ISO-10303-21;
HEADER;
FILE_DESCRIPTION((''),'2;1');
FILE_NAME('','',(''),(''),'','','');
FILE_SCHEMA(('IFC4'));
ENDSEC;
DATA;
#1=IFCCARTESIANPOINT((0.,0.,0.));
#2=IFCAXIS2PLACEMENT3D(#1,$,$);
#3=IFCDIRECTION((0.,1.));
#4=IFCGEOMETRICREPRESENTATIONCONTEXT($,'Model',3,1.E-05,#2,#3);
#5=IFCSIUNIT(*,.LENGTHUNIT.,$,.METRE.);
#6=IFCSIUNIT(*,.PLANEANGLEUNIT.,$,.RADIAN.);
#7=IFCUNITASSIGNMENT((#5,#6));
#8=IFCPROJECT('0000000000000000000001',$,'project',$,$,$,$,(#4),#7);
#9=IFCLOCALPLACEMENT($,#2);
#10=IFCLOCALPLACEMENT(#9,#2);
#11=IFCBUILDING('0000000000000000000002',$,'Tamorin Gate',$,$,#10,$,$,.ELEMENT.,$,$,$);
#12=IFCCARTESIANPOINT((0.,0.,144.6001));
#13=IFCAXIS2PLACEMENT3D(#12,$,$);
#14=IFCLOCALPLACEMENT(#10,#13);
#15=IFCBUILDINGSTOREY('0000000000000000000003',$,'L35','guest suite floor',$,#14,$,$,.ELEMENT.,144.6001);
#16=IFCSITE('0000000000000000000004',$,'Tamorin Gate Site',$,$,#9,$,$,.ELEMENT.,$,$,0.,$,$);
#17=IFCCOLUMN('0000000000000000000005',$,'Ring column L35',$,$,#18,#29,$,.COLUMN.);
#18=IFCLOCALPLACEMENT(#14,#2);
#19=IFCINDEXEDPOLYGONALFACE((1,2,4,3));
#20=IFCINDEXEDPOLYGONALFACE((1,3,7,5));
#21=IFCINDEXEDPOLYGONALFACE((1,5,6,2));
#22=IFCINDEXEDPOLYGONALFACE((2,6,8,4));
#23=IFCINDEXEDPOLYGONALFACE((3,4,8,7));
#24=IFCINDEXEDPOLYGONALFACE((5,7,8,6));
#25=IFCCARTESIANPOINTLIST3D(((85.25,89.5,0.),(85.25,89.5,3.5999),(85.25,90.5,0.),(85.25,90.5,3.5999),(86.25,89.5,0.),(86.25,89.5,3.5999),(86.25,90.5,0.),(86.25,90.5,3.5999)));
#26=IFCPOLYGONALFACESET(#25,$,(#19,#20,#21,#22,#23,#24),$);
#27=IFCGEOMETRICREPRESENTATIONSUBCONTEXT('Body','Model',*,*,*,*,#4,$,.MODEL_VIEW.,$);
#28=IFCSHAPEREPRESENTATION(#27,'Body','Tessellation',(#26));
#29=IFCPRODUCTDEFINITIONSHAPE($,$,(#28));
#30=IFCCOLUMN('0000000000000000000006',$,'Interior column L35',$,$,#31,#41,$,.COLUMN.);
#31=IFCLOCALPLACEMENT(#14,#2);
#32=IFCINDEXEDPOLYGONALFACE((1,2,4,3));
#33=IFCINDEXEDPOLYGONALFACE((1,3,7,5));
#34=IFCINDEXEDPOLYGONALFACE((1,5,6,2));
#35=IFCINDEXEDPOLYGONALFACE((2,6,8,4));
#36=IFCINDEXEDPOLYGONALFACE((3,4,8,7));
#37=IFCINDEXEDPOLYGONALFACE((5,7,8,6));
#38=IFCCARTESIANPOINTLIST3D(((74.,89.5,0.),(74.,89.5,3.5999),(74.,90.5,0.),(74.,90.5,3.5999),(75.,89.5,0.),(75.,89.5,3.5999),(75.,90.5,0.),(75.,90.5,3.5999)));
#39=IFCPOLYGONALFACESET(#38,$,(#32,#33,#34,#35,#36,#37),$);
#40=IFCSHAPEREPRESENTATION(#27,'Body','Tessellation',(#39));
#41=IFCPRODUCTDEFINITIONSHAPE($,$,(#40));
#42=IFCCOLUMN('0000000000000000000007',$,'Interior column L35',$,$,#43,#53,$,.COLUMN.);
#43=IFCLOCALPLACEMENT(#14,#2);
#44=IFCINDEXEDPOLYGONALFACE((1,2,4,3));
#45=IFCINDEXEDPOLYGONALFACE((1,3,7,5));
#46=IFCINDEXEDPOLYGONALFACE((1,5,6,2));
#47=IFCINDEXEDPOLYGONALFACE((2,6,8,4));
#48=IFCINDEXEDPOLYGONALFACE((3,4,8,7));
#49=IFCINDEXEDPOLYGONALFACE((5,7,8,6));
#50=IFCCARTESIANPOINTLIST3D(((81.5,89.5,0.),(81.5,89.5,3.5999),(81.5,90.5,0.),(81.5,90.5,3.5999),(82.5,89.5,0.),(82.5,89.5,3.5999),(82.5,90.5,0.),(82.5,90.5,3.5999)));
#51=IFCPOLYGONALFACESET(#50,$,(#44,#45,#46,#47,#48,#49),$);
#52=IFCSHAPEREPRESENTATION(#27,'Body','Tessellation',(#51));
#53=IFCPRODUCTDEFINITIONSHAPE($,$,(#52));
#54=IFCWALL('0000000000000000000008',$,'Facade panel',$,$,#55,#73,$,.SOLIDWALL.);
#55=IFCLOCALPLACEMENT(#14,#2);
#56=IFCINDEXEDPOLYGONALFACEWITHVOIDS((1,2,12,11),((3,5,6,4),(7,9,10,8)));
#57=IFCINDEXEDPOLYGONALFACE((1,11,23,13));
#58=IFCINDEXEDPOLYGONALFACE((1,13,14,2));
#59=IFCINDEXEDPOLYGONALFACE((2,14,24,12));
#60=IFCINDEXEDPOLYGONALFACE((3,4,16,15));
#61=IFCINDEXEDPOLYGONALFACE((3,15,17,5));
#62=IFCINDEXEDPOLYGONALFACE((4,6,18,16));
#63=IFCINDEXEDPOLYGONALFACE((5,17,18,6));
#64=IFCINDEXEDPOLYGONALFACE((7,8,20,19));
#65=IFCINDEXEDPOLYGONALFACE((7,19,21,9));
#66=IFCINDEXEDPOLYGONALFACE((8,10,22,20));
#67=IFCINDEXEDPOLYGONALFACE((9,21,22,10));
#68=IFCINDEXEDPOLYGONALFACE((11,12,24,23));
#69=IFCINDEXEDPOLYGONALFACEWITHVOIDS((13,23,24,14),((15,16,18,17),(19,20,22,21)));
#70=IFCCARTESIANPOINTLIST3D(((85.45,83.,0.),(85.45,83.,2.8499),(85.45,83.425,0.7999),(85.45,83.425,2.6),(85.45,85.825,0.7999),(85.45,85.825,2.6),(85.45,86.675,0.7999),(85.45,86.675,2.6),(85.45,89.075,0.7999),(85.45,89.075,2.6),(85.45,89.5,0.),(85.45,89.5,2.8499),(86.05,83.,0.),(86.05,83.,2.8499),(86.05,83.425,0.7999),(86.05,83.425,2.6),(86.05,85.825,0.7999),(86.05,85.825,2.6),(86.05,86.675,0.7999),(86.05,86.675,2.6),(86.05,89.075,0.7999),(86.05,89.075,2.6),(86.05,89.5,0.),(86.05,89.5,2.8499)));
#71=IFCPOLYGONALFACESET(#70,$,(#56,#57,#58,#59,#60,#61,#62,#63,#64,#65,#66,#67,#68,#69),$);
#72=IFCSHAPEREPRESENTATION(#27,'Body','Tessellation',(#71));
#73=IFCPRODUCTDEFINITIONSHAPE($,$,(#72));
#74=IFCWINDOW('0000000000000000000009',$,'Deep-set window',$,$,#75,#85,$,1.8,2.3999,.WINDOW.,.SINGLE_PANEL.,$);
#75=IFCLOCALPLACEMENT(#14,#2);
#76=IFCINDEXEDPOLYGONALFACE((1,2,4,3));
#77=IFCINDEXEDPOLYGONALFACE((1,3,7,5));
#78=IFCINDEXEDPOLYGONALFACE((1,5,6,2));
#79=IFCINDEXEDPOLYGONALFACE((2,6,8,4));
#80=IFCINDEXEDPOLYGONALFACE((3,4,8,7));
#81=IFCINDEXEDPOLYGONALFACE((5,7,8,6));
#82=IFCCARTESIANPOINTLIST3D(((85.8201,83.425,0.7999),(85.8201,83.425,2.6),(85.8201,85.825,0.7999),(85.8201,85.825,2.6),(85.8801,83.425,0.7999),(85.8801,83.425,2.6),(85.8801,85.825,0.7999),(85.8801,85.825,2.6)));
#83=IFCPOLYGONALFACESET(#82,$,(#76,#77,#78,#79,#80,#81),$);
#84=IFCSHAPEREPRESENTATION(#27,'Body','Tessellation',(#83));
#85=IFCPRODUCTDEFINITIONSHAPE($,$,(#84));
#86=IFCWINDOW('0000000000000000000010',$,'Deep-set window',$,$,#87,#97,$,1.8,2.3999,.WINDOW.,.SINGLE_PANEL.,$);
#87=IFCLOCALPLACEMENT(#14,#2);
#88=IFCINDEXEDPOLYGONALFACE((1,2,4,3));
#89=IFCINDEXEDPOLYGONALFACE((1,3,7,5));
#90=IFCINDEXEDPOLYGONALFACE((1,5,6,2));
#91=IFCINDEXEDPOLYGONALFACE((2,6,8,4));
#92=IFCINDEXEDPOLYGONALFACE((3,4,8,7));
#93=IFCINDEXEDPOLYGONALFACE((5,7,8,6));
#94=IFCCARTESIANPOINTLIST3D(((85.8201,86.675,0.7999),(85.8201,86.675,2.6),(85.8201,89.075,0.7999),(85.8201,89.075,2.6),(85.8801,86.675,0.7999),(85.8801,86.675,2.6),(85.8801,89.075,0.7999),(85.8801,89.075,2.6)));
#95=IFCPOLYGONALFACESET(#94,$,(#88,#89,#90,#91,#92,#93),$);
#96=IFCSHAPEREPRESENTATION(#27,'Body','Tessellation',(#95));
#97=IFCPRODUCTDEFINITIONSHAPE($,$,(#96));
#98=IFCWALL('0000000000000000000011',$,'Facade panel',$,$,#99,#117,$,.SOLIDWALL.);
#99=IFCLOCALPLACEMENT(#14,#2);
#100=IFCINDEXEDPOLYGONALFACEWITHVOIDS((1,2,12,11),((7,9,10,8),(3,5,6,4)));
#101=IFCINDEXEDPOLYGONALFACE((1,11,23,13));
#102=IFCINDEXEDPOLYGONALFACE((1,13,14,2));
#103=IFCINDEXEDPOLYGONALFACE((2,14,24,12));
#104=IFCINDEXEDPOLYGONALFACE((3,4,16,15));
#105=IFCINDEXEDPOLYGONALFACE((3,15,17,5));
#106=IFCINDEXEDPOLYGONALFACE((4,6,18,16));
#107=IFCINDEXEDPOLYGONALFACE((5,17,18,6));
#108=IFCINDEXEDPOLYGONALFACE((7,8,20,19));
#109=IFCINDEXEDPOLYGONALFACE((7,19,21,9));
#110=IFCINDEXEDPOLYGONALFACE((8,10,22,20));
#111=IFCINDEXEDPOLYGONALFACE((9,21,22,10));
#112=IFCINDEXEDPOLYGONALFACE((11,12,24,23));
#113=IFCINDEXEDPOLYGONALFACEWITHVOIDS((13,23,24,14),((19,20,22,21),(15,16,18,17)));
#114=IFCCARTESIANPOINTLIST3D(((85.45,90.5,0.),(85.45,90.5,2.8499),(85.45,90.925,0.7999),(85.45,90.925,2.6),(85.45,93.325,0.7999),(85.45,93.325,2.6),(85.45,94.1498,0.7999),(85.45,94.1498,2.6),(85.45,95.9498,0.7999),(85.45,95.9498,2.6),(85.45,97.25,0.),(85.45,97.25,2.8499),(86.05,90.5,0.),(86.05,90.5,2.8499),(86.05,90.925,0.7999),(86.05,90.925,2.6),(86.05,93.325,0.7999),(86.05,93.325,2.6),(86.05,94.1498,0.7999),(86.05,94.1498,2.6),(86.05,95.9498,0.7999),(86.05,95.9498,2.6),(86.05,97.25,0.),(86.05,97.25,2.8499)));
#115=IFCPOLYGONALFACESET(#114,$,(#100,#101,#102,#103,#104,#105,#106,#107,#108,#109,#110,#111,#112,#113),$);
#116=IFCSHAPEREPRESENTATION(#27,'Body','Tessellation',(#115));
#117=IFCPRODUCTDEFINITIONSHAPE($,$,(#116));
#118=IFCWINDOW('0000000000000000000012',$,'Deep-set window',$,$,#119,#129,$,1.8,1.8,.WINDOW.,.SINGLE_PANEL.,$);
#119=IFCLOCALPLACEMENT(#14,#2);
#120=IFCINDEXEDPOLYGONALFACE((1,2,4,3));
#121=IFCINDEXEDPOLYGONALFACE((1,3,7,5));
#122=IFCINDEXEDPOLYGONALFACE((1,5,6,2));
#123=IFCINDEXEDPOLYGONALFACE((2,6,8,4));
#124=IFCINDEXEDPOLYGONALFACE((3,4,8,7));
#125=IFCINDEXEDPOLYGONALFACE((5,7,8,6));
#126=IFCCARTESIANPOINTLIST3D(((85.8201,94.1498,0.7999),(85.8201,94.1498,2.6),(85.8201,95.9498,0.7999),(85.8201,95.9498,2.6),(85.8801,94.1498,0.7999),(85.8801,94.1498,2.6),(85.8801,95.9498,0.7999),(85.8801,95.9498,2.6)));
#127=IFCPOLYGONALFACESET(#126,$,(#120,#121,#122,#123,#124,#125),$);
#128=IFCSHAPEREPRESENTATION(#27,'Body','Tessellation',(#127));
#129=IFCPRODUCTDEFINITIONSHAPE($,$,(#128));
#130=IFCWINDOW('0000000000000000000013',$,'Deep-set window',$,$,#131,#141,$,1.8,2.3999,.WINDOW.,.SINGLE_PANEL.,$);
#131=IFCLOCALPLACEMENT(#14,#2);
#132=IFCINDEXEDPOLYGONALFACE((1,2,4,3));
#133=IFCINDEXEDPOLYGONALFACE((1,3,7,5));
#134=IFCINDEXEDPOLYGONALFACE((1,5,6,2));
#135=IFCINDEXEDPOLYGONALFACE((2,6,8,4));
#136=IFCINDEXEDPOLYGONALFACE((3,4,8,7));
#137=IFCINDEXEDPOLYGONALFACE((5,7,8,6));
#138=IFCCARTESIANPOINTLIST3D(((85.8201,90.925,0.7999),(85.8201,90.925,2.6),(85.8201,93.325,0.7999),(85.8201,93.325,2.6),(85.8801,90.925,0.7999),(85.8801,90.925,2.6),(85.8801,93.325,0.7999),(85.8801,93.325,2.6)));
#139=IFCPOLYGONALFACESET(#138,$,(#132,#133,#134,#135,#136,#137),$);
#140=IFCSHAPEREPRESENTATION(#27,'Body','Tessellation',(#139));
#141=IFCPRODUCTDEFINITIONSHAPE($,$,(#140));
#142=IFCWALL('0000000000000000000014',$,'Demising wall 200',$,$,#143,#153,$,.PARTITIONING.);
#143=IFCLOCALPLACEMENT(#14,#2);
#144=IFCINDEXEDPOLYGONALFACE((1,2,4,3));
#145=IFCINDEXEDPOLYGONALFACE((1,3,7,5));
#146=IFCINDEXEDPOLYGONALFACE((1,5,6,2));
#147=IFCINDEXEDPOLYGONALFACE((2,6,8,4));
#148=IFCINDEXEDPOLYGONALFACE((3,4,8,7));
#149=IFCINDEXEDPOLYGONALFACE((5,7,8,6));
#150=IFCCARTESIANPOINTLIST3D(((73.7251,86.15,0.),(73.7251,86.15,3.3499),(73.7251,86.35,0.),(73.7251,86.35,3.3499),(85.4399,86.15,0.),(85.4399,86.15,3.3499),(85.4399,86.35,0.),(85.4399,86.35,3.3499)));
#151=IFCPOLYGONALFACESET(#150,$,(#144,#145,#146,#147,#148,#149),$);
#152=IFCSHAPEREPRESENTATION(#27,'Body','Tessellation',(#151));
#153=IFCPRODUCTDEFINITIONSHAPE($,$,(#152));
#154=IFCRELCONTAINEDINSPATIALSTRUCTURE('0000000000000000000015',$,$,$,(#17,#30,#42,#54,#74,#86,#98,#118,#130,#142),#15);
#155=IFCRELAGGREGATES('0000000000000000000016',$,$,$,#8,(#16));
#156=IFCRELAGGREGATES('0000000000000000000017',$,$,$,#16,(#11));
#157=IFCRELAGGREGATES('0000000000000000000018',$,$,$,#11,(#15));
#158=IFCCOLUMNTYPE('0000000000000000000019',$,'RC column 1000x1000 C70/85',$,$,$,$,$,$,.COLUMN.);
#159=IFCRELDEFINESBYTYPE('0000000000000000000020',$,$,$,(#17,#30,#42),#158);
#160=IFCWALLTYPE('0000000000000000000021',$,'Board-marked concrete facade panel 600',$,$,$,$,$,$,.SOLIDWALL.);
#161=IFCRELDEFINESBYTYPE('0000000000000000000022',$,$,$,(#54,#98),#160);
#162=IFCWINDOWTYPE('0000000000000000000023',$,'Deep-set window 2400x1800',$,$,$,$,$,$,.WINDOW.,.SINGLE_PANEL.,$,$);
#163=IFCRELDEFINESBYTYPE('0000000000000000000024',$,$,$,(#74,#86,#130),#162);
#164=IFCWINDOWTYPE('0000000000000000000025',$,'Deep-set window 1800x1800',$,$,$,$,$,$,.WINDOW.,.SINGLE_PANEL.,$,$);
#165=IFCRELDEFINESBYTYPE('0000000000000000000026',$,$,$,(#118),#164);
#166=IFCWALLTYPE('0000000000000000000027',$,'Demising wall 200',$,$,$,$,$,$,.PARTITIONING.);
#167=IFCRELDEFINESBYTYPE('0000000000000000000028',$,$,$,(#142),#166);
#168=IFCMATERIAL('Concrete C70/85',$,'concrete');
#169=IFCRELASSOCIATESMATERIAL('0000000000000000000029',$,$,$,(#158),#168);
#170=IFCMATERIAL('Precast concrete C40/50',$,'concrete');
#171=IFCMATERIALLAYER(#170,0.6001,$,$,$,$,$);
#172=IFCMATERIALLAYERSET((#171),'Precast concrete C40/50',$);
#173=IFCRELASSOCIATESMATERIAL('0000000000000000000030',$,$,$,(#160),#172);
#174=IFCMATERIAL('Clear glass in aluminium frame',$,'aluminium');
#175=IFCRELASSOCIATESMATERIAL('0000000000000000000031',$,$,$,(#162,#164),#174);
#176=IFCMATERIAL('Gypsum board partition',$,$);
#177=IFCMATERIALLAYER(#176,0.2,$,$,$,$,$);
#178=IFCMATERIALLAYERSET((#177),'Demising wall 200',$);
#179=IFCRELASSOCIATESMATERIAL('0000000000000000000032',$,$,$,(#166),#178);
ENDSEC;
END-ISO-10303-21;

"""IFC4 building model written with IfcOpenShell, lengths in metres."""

from ifc_helpers import new_model, si_unit, direction, frame, frame_2d, origin, origin_2d, place, context, subcontext, project, spatial, rectangle, extrude, material, layer, layer_set, material_profile, profile_set, type_object, element, fill, save


model = new_model("IFC4")

# Units and contexts
model_context = context("Model", 3, precision=1e-05, world=origin(), true_north=direction((0.0, 1.0)))
body_context = subcontext(model_context, "Body", "Model", "MODEL_VIEW")
ifc_project = project(units=[si_unit("LENGTHUNIT", "METRE"), si_unit("PLANEANGLEUNIT", "RADIAN")], contexts=[model_context])

# Site, building, storey
site_placement = place(None, origin())
site = spatial("IfcSite", under=ifc_project, at=site_placement, Name="Tamorin Gate Site", CompositionType="ELEMENT", RefElevation=0.0)
building_placement = place(site_placement, origin())
building = spatial("IfcBuilding", under=site, at=building_placement, Name="Tamorin Gate", CompositionType="ELEMENT")
storey_placement = place(building_placement, frame((0.0, 0.0, 144.6001)))
storey = spatial("IfcBuildingStorey", under=building, at=storey_placement, Name="L35", Description="guest suite floor", CompositionType="ELEMENT", Elevation=144.6001)

# Columns
ifc_material_1 = material(Name="Concrete C70/85", Category="concrete")
ifc_material_profile = material_profile(ifc_material_1, rectangle(XDim=1.0, YDim=1.0, at=origin_2d()), Name="RC 1000x1000")
ifc_profile_set = profile_set([ifc_material_profile], Name="Concrete C70/85")
column_type = type_object("IfcColumnType", Name="RC column 1000x1000 C70/85", PredefinedType="COLUMN", material=ifc_profile_set)
for number, where, z_axis, x_axis, name in (
    (1, (85.75, 90.0, 0.0), (0.0, 0.0, 1.0), (1.0, 0.0, 0.0), "Ring column L35"),
    (2, (74.5, 90.0, 0.0), (0.0, 0.0, 1.0), (1.0, 0.0, 0.0), "Interior column L35"),
    (3, (82.0, 90.0, 0.0), (0.0, 0.0, 1.0), (1.0, 0.0, 0.0), "Interior column L35"),
):
    element("IfcColumn", number, at=place(storey_placement, frame(where, z_axis=z_axis, x_axis=x_axis)), inside=storey, type_object=column_type, Name=name, PredefinedType="COLUMN", context=body_context, shape_type="SweptSolid", body=[
        extrude(rectangle(XDim=1.0, YDim=1.0, at=origin_2d()), origin(), (0.0, 0.0, 1.0), 3.5999),
    ])

# Walls, openings, windows
ifc_material_2 = material(Name="Precast concrete C40/50", Category="concrete")
ifc_layer_1 = layer(ifc_material_2, 0.6001)
ifc_layer_set_1 = layer_set([ifc_layer_1], Name="Precast concrete C40/50")
wall_type_1 = type_object("IfcWallType", Name="Board-marked concrete facade panel 600", PredefinedType="SOLIDWALL", material=ifc_layer_set_1)
wall_1_placement = place(storey_placement, frame((85.75, 83.0, 0.0), z_axis=(0.0, 0.0, 1.0), x_axis=(0.0, 1.0, 0.0)))
wall_1 = element("IfcWall", 4, at=wall_1_placement, inside=storey, type_object=wall_type_1, Name="Facade panel", PredefinedType="SOLIDWALL", context=body_context, shape_type="SweptSolid", body=[
    extrude(rectangle(XDim=6.5, YDim=0.6001, at=frame_2d((3.25, 0.0))), origin(), (0.0, 0.0, 1.0), 2.8499),
])
opening_1_placement = place(wall_1_placement, frame((0.425, 0.0, 0.8)))
opening_1 = element("IfcOpeningElement", 5, at=opening_1_placement, cuts=wall_1, PredefinedType="OPENING", context=body_context, shape_type="SweptSolid", body=[
    extrude(rectangle(XDim=2.3999, YDim=1.8, at=frame_2d((1.2, 0.8999))), frame((0.0, 0.3101, 0.0), z_axis=(0.0, -1.0, 0.0), x_axis=(1.0, 0.0, 0.0)), (0.0, 0.0, 1.0), 0.6201),
])
opening_2_placement = place(wall_1_placement, frame((3.675, 0.0, 0.8)))
opening_2 = element("IfcOpeningElement", 6, at=opening_2_placement, cuts=wall_1, PredefinedType="OPENING", context=body_context, shape_type="SweptSolid", body=[
    extrude(rectangle(XDim=2.3999, YDim=1.8, at=frame_2d((1.2, 0.8999))), frame((0.0, 0.3101, 0.0), z_axis=(0.0, -1.0, 0.0), x_axis=(1.0, 0.0, 0.0)), (0.0, 0.0, 1.0), 0.6201),
])
ifc_material_3 = material(Name="Clear glass in aluminium frame", Category="aluminium")
window_type_1 = type_object("IfcWindowType", Name="Deep-set window 2400x1800", PartitioningType="SINGLE_PANEL", PredefinedType="WINDOW", material=ifc_material_3)
window_1_placement = place(opening_1_placement, origin())
window_1 = element("IfcWindow", 7, at=window_1_placement, inside=storey, type_object=window_type_1, Name="Deep-set window", OverallHeight=1.8, OverallWidth=2.3999, PartitioningType="SINGLE_PANEL", PredefinedType="WINDOW", context=body_context, shape_type="SweptSolid", body=[
    extrude(rectangle(XDim=2.3999, YDim=1.8, at=frame_2d((1.2, 0.8999))), frame((0.0, -0.0701, 0.0), z_axis=(0.0, -1.0, 0.0), x_axis=(1.0, 0.0, 0.0)), (0.0, 0.0, 1.0), 0.0601),
])
fill(opening_1, window_1)
window_2_placement = place(opening_2_placement, origin())
window_2 = element("IfcWindow", 8, at=window_2_placement, inside=storey, type_object=window_type_1, Name="Deep-set window", OverallHeight=1.8, OverallWidth=2.3999, PartitioningType="SINGLE_PANEL", PredefinedType="WINDOW", context=body_context, shape_type="SweptSolid", body=[
    extrude(rectangle(XDim=2.3999, YDim=1.8, at=frame_2d((1.2, 0.8999))), frame((0.0, -0.0701, 0.0), z_axis=(0.0, -1.0, 0.0), x_axis=(1.0, 0.0, 0.0)), (0.0, 0.0, 1.0), 0.0601),
])
fill(opening_2, window_2)
wall_2_placement = place(storey_placement, frame((85.75, 90.5, 0.0), z_axis=(0.0, 0.0, 1.0), x_axis=(0.0, 1.0, 0.0)))
wall_2 = element("IfcWall", 9, at=wall_2_placement, inside=storey, type_object=wall_type_1, Name="Facade panel", PredefinedType="SOLIDWALL", context=body_context, shape_type="SweptSolid", body=[
    extrude(rectangle(XDim=6.75, YDim=0.6001, at=frame_2d((3.375, 0.0))), origin(), (0.0, 0.0, 1.0), 2.8499),
])
opening_3_placement = place(wall_2_placement, frame((0.425, 0.0, 0.8)))
opening_3 = element("IfcOpeningElement", 10, at=opening_3_placement, cuts=wall_2, PredefinedType="OPENING", context=body_context, shape_type="SweptSolid", body=[
    extrude(rectangle(XDim=2.3999, YDim=1.8, at=frame_2d((1.2, 0.8999))), frame((0.0, 0.3101, 0.0), z_axis=(0.0, -1.0, 0.0), x_axis=(1.0, 0.0, 0.0)), (0.0, 0.0, 1.0), 0.6201),
])
opening_4_placement = place(wall_2_placement, frame((3.6499, 0.0, 0.8)))
opening_4 = element("IfcOpeningElement", 11, at=opening_4_placement, cuts=wall_2, PredefinedType="OPENING", context=body_context, shape_type="SweptSolid", body=[
    extrude(rectangle(XDim=1.8, YDim=1.8, at=frame_2d((0.8999, 0.8999))), frame((0.0, 0.3101, 0.0), z_axis=(0.0, -1.0, 0.0), x_axis=(1.0, 0.0, 0.0)), (0.0, 0.0, 1.0), 0.6201),
])
window_type_2 = type_object("IfcWindowType", Name="Deep-set window 1800x1800", PartitioningType="SINGLE_PANEL", PredefinedType="WINDOW", material=ifc_material_3)
window_3_placement = place(opening_4_placement, origin())
window_3 = element("IfcWindow", 12, at=window_3_placement, inside=storey, type_object=window_type_2, Name="Deep-set window", OverallHeight=1.8, OverallWidth=1.8, PartitioningType="SINGLE_PANEL", PredefinedType="WINDOW", context=body_context, shape_type="SweptSolid", body=[
    extrude(rectangle(XDim=1.8, YDim=1.8, at=frame_2d((0.8999, 0.8999))), frame((0.0, -0.0701, 0.0), z_axis=(0.0, -1.0, 0.0), x_axis=(1.0, 0.0, 0.0)), (0.0, 0.0, 1.0), 0.0601),
])
fill(opening_4, window_3)
window_4_placement = place(opening_3_placement, origin())
window_4 = element("IfcWindow", 13, at=window_4_placement, inside=storey, type_object=window_type_1, Name="Deep-set window", OverallHeight=1.8, OverallWidth=2.3999, PartitioningType="SINGLE_PANEL", PredefinedType="WINDOW", context=body_context, shape_type="SweptSolid", body=[
    extrude(rectangle(XDim=2.3999, YDim=1.8, at=frame_2d((1.2, 0.8999))), frame((0.0, -0.0701, 0.0), z_axis=(0.0, -1.0, 0.0), x_axis=(1.0, 0.0, 0.0)), (0.0, 0.0, 1.0), 0.0601),
])
fill(opening_3, window_4)

# Wall
ifc_material_4 = material(Name="Gypsum board partition")
ifc_layer_2 = layer(ifc_material_4, 0.2)
ifc_layer_set_2 = layer_set([ifc_layer_2], Name="Demising wall 200")
wall_type_2 = type_object("IfcWallType", Name="Demising wall 200", PredefinedType="PARTITIONING", material=ifc_layer_set_2)
wall_3_placement = place(storey_placement, frame((73.7251, 86.25, 0.0), z_axis=(0.0, 0.0, 1.0), x_axis=(1.0, 0.0, 0.0)))
element("IfcWall", 14, at=wall_3_placement, inside=storey, type_object=wall_type_2, Name="Demising wall 200", PredefinedType="PARTITIONING", context=body_context, shape_type="SweptSolid", body=[
    extrude(rectangle(XDim=11.7148, YDim=0.2, at=frame_2d((5.8574, 0.0))), origin(), (0.0, 0.0, 1.0), 3.3499),
])

save(model, "model.ifc")
